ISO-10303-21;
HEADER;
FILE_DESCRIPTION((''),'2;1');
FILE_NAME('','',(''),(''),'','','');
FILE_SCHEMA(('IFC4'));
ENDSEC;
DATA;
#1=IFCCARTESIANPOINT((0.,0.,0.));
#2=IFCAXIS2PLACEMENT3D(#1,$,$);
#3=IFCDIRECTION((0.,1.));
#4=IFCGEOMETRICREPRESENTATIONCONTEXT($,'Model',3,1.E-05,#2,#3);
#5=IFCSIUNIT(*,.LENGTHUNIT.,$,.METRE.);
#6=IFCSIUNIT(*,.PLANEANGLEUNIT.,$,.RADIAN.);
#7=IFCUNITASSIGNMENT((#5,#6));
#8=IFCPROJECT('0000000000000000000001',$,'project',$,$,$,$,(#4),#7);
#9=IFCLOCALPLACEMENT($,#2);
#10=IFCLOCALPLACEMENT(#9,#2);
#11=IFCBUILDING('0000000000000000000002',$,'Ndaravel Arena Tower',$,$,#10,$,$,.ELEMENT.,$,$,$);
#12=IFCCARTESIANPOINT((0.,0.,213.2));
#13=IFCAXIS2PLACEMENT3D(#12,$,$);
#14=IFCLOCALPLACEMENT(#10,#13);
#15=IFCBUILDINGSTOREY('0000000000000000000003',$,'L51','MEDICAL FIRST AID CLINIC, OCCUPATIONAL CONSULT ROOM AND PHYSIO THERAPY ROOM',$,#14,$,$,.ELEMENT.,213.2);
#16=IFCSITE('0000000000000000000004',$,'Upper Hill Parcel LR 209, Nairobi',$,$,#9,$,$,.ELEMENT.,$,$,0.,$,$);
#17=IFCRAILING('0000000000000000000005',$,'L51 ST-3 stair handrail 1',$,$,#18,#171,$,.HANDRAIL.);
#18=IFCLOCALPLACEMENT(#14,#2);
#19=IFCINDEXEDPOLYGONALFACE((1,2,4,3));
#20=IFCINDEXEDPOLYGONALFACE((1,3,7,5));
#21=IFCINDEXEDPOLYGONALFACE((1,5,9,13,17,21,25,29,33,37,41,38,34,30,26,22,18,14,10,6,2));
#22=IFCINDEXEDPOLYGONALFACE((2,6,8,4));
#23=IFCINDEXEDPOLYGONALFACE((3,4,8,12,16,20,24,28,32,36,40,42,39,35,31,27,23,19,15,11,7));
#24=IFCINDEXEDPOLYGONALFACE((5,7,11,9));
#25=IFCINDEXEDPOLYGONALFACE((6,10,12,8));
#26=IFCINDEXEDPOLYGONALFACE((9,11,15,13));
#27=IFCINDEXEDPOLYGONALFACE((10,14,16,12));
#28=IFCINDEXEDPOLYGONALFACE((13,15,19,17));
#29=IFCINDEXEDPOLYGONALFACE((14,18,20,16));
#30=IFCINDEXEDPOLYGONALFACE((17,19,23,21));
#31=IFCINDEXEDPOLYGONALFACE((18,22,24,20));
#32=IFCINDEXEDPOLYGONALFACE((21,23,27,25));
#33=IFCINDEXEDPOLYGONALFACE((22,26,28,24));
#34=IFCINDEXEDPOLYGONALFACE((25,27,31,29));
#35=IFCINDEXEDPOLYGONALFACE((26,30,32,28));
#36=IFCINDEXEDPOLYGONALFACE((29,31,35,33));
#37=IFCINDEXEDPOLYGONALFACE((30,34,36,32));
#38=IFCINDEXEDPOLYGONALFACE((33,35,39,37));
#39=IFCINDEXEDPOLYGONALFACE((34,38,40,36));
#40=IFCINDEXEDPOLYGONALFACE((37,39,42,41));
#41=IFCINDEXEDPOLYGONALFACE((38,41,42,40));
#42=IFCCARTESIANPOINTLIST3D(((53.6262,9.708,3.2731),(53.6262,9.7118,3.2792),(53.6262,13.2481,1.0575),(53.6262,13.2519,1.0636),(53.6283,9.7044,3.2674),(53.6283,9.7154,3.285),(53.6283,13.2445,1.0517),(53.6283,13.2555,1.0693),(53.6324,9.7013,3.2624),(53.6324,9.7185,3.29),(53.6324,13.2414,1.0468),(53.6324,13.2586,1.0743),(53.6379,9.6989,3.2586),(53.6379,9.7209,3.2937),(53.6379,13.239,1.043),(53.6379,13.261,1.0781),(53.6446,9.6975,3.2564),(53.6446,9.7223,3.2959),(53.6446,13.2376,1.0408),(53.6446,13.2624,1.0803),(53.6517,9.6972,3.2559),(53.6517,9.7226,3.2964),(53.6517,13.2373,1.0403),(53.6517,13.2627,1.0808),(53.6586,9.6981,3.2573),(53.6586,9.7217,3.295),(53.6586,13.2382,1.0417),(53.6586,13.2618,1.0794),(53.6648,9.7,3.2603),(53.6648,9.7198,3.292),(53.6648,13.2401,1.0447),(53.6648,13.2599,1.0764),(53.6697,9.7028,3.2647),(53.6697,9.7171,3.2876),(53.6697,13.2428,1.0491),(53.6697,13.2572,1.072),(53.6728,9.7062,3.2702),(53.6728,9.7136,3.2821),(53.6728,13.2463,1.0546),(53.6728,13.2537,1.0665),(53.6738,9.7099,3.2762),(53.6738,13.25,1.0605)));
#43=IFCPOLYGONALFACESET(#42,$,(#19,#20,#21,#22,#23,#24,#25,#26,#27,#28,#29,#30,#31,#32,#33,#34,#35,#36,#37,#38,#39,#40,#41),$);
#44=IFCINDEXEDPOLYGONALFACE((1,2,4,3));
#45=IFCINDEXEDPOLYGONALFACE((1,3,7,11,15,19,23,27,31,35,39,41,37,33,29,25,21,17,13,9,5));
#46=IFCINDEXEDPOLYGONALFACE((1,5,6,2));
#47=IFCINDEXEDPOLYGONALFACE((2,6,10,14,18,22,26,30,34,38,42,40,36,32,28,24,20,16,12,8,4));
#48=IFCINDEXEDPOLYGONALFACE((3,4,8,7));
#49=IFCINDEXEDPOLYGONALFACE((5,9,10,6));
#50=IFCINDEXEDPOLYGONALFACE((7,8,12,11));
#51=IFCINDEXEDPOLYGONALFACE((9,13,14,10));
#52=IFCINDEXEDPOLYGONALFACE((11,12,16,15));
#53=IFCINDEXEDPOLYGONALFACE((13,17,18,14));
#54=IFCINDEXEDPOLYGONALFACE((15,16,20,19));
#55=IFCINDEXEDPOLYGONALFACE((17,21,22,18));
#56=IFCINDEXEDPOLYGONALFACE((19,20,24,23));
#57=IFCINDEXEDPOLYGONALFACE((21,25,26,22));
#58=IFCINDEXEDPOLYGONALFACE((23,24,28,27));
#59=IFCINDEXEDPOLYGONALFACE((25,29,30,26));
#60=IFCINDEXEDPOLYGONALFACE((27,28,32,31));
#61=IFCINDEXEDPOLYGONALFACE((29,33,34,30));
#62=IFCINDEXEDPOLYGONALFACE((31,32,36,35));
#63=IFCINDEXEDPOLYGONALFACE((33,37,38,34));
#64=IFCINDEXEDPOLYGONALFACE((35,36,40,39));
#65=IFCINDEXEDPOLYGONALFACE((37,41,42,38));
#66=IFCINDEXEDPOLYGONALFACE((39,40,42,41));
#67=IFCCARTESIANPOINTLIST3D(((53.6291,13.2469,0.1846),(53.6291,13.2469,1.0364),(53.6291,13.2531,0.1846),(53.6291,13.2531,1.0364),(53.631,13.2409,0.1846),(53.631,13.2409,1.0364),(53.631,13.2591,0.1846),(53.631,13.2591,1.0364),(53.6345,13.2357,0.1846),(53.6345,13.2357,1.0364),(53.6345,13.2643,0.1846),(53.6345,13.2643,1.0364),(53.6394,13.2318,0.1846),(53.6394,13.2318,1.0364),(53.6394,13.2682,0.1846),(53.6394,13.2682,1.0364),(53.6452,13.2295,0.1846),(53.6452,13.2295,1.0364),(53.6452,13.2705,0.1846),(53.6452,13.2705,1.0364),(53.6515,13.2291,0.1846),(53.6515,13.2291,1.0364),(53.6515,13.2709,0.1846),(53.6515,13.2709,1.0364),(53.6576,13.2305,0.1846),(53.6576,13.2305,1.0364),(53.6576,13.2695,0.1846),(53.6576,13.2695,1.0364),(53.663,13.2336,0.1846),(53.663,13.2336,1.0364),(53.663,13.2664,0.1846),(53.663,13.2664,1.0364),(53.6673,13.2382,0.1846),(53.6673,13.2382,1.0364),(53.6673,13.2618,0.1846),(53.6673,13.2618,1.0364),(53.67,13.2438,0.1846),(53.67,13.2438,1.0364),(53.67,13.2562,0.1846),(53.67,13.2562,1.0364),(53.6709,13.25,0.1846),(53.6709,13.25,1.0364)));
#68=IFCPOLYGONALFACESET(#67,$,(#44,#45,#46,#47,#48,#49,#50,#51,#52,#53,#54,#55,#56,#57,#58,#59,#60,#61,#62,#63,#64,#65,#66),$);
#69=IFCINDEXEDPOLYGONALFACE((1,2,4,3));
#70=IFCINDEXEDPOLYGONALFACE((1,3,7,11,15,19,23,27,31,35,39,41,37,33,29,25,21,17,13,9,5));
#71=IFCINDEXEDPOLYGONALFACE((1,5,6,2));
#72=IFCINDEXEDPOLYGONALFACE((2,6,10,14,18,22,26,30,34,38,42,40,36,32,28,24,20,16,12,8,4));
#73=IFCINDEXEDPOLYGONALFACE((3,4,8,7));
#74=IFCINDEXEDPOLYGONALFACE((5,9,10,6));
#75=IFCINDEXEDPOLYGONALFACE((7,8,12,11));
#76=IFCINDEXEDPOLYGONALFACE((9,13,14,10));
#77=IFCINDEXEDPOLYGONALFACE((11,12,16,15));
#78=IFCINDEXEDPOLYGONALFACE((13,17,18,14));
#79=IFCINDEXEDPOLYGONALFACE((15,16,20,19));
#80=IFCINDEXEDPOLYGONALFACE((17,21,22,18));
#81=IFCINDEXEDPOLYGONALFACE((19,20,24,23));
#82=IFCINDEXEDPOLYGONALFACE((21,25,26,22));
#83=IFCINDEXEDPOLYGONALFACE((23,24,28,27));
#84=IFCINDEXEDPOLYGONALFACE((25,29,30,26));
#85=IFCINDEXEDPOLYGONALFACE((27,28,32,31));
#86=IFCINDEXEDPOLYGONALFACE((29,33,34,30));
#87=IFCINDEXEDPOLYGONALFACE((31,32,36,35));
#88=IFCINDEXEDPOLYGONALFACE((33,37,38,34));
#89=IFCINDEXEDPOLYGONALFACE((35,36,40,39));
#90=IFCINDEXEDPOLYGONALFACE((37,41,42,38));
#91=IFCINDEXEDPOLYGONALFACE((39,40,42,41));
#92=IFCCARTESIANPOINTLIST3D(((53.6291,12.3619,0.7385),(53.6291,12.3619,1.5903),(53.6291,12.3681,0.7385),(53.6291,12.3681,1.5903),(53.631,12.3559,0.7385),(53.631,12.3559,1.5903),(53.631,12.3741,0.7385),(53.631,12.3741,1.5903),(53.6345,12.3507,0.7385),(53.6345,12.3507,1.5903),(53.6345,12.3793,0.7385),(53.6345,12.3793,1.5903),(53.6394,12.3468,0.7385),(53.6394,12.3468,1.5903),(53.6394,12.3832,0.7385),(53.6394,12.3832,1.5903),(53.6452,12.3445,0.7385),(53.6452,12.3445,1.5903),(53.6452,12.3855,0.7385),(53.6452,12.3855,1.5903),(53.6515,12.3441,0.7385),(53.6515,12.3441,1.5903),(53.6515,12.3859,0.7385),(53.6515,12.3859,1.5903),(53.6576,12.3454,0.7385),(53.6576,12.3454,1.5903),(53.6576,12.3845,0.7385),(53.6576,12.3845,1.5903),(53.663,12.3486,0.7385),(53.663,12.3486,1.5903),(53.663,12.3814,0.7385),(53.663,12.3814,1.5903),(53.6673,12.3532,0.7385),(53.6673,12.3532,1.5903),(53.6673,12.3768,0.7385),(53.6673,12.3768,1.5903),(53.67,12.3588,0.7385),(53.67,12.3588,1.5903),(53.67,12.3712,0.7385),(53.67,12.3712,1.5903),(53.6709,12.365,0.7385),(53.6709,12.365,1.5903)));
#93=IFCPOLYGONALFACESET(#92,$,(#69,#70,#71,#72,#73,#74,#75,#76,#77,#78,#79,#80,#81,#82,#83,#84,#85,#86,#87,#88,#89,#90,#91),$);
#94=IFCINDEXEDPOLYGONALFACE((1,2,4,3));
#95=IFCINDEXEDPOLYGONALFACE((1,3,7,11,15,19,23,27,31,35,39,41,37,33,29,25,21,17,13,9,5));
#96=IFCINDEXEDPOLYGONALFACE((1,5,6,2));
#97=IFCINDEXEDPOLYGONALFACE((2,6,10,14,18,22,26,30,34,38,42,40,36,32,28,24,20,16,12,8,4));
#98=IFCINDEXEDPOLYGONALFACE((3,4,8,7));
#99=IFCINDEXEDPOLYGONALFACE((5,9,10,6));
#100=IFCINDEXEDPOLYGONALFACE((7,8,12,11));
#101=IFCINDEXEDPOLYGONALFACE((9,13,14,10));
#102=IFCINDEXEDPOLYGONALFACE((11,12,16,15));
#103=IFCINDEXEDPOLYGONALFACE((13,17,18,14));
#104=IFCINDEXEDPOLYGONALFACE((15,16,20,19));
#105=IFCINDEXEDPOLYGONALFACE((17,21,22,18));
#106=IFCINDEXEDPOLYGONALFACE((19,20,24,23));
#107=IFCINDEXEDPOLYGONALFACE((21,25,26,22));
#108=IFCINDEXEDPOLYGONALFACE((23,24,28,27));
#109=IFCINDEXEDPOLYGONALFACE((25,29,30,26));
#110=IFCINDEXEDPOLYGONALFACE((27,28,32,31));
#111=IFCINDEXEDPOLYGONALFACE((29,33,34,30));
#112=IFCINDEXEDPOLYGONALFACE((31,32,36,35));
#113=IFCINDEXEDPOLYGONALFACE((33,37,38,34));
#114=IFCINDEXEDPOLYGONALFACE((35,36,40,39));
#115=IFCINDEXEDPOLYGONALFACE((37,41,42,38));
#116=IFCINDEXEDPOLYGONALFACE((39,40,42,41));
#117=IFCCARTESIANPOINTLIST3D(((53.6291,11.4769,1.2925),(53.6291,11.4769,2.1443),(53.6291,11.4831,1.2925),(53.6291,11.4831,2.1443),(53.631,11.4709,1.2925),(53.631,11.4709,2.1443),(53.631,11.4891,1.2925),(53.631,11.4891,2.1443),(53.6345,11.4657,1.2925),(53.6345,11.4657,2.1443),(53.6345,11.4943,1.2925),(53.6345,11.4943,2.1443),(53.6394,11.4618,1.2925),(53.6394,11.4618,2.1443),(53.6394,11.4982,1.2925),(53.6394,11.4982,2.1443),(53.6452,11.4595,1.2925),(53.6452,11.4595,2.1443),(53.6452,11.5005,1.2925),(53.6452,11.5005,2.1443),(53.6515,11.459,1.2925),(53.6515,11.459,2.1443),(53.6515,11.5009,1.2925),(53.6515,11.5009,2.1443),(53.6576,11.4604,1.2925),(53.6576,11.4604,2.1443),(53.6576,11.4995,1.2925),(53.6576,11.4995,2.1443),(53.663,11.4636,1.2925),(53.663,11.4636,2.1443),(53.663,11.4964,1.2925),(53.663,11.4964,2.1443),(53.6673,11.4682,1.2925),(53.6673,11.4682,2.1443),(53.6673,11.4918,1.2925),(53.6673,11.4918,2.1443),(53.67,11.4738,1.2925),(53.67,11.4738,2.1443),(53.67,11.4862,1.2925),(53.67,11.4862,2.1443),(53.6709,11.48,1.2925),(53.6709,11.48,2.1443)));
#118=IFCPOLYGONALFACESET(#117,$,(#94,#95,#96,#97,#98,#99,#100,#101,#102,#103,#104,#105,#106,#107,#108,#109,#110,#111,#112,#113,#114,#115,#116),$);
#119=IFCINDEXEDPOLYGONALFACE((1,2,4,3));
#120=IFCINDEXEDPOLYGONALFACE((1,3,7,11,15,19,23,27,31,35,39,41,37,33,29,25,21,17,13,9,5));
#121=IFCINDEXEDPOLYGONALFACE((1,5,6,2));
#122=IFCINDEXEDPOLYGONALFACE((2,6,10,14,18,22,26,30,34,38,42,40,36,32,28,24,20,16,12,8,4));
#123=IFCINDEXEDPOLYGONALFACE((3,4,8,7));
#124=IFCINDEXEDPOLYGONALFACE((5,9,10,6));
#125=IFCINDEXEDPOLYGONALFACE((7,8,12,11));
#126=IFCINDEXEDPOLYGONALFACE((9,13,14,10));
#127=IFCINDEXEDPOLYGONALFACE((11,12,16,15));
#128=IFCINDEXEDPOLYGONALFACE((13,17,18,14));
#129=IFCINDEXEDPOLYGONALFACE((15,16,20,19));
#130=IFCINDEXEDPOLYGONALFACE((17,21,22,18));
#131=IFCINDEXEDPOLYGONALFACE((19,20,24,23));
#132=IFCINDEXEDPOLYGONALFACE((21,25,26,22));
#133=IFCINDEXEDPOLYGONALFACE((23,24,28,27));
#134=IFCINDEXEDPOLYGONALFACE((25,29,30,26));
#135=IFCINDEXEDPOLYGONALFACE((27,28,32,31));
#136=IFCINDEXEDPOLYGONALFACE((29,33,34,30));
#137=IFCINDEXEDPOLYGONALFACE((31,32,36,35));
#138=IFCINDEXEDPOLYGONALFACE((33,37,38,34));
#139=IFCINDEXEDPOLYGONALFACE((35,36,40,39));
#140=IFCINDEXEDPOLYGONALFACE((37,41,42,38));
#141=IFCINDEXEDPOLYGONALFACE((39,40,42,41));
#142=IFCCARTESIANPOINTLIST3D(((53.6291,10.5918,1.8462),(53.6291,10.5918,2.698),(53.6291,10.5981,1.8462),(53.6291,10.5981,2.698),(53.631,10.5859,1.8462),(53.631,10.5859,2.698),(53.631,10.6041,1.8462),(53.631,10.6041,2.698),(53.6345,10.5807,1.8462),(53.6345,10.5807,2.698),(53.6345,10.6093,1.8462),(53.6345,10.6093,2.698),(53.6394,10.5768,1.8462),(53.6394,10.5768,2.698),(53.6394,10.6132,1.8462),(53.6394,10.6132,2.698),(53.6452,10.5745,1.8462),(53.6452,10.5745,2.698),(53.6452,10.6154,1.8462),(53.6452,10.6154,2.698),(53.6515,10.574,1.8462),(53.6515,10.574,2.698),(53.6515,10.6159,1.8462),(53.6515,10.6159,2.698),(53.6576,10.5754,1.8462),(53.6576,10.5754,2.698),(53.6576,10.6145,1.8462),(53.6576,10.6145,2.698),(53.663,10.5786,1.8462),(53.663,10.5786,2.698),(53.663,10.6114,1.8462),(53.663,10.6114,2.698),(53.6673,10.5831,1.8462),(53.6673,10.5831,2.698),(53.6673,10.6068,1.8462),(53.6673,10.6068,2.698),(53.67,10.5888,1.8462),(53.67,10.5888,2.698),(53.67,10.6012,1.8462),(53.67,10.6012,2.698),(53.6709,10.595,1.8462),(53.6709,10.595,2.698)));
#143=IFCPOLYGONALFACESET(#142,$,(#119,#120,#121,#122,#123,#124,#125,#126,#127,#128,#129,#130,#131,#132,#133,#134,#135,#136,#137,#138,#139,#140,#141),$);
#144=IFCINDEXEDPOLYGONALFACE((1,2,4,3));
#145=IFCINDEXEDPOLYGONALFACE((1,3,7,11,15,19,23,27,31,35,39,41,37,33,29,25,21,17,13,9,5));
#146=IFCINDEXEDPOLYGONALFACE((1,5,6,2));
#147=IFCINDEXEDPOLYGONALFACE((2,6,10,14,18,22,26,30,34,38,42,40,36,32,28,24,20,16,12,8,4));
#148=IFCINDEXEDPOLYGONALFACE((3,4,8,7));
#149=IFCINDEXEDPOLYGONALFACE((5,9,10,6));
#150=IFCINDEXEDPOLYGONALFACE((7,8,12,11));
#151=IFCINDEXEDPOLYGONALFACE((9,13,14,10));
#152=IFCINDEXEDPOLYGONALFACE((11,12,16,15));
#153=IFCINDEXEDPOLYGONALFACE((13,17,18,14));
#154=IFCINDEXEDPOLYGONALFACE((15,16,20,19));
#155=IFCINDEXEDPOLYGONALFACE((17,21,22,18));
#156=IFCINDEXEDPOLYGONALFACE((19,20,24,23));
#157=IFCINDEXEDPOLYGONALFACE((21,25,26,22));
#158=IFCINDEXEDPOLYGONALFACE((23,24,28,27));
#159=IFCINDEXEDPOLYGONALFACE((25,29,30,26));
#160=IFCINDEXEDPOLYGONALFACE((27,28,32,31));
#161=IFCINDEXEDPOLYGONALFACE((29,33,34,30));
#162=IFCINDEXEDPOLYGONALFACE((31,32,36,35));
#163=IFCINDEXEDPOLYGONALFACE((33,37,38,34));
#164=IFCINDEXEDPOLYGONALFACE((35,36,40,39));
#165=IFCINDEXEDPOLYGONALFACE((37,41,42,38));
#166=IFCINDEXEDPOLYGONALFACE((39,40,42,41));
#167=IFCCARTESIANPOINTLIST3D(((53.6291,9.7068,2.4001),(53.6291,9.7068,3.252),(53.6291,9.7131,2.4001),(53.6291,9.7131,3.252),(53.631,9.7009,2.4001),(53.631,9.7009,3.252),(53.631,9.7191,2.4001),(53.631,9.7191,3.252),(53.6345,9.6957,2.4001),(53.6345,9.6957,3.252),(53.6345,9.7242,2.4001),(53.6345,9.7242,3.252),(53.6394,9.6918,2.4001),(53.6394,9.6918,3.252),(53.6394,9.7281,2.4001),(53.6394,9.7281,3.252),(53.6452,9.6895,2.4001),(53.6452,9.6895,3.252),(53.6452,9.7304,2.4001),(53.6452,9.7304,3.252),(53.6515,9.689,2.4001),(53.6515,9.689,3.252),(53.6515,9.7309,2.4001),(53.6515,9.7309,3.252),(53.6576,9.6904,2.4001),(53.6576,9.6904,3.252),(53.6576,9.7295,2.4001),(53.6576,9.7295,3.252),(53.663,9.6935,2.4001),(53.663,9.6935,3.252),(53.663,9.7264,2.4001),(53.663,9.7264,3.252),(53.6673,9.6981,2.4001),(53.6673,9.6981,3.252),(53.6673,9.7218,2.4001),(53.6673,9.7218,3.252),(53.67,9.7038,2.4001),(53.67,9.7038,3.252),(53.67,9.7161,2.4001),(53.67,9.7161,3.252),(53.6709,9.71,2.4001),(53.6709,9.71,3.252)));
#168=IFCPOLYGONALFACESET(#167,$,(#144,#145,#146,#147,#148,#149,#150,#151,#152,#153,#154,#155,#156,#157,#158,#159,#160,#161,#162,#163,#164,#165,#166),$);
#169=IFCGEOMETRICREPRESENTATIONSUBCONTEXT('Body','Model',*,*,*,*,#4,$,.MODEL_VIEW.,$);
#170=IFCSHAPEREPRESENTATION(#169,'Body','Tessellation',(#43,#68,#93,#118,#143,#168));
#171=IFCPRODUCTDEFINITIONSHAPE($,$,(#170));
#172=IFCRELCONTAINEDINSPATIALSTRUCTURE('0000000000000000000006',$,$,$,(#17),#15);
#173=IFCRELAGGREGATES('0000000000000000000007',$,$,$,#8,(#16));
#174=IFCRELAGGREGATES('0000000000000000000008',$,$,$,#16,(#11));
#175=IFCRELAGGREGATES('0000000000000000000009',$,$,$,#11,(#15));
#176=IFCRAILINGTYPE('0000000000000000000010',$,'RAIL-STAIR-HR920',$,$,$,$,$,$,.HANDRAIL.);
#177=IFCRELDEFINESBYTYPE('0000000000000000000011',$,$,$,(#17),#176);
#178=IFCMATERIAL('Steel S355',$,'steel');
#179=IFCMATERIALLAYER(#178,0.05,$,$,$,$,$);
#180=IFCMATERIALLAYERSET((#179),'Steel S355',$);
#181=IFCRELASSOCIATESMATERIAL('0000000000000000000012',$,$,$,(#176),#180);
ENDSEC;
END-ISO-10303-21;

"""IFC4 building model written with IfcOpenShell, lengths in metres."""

from ifc_helpers import new_model, si_unit, direction, frame, origin, origin_2d, place, context, subcontext, project, spatial, circle, extrude, material, layer, layer_set, type_object, element, save


model = new_model("IFC4")

# Units and contexts
model_context = context("Model", 3, precision=1e-05, world=origin(), true_north=direction((0.0, 1.0)))
body_context = subcontext(model_context, "Body", "Model", "MODEL_VIEW")
ifc_project = project(units=[si_unit("LENGTHUNIT", "METRE"), si_unit("PLANEANGLEUNIT", "RADIAN")], contexts=[model_context])

# Site, building, storey
site_placement = place(None, origin())
site = spatial("IfcSite", under=ifc_project, at=site_placement, Name="Upper Hill Parcel LR 209, Nairobi", CompositionType="ELEMENT", RefElevation=0.0)
building_placement = place(site_placement, origin())
building = spatial("IfcBuilding", under=site, at=building_placement, Name="Ndaravel Arena Tower", CompositionType="ELEMENT")
storey_placement = place(building_placement, frame((0.0, 0.0, 213.2)))
storey = spatial("IfcBuildingStorey", under=building, at=storey_placement, Name="L51", Description="MEDICAL FIRST AID CLINIC, OCCUPATIONAL CONSULT ROOM AND PHYSIO THERAPY ROOM", CompositionType="ELEMENT", Elevation=213.2)

# Railing
ifc_material_1 = material(Name="Steel S355", Category="steel")
ifc_layer_1 = layer(ifc_material_1, 0.05)
ifc_layer_set_1 = layer_set([ifc_layer_1], Name="Steel S355")
railing_type_1 = type_object("IfcRailingType", Name="RAIL-STAIR-HR920", PredefinedType="HANDRAIL", material=ifc_layer_set_1)
railing_1_placement = place(storey_placement, frame((53.6499, 13.25, 0.1846)))
element("IfcRailing", 1, at=railing_1_placement, inside=storey, type_object=railing_type_1, Name="L51 ST-3 stair handrail 1", PredefinedType="HANDRAIL", context=body_context, shape_type="SweptSolid", body=[
    extrude(circle(Radius=0.0239, at=origin_2d()), frame((0.0, 0.0, 0.876), z_axis=(0.0, -0.84767, 0.530524), x_axis=(1.0, 0.0, 0.0)), (0.0, 0.0, 1.0), 4.1763),
    extrude(circle(Radius=0.021, at=origin_2d()), origin(), (0.0, 0.0, 1.0), 0.8518),
    extrude(circle(Radius=0.021, at=origin_2d()), frame((0.0, -0.885, 0.554)), (0.0, 0.0, 1.0), 0.8518),
    extrude(circle(Radius=0.021, at=origin_2d()), frame((0.0, -1.77, 1.1079)), (0.0, 0.0, 1.0), 0.8518),
    extrude(circle(Radius=0.021, at=origin_2d()), frame((0.0, -2.655, 1.6616)), (0.0, 0.0, 1.0), 0.8518),
    extrude(circle(Radius=0.021, at=origin_2d()), frame((0.0, -3.54, 2.2156)), (0.0, 0.0, 1.0), 0.8518),
])

save(model, "model.ifc")
